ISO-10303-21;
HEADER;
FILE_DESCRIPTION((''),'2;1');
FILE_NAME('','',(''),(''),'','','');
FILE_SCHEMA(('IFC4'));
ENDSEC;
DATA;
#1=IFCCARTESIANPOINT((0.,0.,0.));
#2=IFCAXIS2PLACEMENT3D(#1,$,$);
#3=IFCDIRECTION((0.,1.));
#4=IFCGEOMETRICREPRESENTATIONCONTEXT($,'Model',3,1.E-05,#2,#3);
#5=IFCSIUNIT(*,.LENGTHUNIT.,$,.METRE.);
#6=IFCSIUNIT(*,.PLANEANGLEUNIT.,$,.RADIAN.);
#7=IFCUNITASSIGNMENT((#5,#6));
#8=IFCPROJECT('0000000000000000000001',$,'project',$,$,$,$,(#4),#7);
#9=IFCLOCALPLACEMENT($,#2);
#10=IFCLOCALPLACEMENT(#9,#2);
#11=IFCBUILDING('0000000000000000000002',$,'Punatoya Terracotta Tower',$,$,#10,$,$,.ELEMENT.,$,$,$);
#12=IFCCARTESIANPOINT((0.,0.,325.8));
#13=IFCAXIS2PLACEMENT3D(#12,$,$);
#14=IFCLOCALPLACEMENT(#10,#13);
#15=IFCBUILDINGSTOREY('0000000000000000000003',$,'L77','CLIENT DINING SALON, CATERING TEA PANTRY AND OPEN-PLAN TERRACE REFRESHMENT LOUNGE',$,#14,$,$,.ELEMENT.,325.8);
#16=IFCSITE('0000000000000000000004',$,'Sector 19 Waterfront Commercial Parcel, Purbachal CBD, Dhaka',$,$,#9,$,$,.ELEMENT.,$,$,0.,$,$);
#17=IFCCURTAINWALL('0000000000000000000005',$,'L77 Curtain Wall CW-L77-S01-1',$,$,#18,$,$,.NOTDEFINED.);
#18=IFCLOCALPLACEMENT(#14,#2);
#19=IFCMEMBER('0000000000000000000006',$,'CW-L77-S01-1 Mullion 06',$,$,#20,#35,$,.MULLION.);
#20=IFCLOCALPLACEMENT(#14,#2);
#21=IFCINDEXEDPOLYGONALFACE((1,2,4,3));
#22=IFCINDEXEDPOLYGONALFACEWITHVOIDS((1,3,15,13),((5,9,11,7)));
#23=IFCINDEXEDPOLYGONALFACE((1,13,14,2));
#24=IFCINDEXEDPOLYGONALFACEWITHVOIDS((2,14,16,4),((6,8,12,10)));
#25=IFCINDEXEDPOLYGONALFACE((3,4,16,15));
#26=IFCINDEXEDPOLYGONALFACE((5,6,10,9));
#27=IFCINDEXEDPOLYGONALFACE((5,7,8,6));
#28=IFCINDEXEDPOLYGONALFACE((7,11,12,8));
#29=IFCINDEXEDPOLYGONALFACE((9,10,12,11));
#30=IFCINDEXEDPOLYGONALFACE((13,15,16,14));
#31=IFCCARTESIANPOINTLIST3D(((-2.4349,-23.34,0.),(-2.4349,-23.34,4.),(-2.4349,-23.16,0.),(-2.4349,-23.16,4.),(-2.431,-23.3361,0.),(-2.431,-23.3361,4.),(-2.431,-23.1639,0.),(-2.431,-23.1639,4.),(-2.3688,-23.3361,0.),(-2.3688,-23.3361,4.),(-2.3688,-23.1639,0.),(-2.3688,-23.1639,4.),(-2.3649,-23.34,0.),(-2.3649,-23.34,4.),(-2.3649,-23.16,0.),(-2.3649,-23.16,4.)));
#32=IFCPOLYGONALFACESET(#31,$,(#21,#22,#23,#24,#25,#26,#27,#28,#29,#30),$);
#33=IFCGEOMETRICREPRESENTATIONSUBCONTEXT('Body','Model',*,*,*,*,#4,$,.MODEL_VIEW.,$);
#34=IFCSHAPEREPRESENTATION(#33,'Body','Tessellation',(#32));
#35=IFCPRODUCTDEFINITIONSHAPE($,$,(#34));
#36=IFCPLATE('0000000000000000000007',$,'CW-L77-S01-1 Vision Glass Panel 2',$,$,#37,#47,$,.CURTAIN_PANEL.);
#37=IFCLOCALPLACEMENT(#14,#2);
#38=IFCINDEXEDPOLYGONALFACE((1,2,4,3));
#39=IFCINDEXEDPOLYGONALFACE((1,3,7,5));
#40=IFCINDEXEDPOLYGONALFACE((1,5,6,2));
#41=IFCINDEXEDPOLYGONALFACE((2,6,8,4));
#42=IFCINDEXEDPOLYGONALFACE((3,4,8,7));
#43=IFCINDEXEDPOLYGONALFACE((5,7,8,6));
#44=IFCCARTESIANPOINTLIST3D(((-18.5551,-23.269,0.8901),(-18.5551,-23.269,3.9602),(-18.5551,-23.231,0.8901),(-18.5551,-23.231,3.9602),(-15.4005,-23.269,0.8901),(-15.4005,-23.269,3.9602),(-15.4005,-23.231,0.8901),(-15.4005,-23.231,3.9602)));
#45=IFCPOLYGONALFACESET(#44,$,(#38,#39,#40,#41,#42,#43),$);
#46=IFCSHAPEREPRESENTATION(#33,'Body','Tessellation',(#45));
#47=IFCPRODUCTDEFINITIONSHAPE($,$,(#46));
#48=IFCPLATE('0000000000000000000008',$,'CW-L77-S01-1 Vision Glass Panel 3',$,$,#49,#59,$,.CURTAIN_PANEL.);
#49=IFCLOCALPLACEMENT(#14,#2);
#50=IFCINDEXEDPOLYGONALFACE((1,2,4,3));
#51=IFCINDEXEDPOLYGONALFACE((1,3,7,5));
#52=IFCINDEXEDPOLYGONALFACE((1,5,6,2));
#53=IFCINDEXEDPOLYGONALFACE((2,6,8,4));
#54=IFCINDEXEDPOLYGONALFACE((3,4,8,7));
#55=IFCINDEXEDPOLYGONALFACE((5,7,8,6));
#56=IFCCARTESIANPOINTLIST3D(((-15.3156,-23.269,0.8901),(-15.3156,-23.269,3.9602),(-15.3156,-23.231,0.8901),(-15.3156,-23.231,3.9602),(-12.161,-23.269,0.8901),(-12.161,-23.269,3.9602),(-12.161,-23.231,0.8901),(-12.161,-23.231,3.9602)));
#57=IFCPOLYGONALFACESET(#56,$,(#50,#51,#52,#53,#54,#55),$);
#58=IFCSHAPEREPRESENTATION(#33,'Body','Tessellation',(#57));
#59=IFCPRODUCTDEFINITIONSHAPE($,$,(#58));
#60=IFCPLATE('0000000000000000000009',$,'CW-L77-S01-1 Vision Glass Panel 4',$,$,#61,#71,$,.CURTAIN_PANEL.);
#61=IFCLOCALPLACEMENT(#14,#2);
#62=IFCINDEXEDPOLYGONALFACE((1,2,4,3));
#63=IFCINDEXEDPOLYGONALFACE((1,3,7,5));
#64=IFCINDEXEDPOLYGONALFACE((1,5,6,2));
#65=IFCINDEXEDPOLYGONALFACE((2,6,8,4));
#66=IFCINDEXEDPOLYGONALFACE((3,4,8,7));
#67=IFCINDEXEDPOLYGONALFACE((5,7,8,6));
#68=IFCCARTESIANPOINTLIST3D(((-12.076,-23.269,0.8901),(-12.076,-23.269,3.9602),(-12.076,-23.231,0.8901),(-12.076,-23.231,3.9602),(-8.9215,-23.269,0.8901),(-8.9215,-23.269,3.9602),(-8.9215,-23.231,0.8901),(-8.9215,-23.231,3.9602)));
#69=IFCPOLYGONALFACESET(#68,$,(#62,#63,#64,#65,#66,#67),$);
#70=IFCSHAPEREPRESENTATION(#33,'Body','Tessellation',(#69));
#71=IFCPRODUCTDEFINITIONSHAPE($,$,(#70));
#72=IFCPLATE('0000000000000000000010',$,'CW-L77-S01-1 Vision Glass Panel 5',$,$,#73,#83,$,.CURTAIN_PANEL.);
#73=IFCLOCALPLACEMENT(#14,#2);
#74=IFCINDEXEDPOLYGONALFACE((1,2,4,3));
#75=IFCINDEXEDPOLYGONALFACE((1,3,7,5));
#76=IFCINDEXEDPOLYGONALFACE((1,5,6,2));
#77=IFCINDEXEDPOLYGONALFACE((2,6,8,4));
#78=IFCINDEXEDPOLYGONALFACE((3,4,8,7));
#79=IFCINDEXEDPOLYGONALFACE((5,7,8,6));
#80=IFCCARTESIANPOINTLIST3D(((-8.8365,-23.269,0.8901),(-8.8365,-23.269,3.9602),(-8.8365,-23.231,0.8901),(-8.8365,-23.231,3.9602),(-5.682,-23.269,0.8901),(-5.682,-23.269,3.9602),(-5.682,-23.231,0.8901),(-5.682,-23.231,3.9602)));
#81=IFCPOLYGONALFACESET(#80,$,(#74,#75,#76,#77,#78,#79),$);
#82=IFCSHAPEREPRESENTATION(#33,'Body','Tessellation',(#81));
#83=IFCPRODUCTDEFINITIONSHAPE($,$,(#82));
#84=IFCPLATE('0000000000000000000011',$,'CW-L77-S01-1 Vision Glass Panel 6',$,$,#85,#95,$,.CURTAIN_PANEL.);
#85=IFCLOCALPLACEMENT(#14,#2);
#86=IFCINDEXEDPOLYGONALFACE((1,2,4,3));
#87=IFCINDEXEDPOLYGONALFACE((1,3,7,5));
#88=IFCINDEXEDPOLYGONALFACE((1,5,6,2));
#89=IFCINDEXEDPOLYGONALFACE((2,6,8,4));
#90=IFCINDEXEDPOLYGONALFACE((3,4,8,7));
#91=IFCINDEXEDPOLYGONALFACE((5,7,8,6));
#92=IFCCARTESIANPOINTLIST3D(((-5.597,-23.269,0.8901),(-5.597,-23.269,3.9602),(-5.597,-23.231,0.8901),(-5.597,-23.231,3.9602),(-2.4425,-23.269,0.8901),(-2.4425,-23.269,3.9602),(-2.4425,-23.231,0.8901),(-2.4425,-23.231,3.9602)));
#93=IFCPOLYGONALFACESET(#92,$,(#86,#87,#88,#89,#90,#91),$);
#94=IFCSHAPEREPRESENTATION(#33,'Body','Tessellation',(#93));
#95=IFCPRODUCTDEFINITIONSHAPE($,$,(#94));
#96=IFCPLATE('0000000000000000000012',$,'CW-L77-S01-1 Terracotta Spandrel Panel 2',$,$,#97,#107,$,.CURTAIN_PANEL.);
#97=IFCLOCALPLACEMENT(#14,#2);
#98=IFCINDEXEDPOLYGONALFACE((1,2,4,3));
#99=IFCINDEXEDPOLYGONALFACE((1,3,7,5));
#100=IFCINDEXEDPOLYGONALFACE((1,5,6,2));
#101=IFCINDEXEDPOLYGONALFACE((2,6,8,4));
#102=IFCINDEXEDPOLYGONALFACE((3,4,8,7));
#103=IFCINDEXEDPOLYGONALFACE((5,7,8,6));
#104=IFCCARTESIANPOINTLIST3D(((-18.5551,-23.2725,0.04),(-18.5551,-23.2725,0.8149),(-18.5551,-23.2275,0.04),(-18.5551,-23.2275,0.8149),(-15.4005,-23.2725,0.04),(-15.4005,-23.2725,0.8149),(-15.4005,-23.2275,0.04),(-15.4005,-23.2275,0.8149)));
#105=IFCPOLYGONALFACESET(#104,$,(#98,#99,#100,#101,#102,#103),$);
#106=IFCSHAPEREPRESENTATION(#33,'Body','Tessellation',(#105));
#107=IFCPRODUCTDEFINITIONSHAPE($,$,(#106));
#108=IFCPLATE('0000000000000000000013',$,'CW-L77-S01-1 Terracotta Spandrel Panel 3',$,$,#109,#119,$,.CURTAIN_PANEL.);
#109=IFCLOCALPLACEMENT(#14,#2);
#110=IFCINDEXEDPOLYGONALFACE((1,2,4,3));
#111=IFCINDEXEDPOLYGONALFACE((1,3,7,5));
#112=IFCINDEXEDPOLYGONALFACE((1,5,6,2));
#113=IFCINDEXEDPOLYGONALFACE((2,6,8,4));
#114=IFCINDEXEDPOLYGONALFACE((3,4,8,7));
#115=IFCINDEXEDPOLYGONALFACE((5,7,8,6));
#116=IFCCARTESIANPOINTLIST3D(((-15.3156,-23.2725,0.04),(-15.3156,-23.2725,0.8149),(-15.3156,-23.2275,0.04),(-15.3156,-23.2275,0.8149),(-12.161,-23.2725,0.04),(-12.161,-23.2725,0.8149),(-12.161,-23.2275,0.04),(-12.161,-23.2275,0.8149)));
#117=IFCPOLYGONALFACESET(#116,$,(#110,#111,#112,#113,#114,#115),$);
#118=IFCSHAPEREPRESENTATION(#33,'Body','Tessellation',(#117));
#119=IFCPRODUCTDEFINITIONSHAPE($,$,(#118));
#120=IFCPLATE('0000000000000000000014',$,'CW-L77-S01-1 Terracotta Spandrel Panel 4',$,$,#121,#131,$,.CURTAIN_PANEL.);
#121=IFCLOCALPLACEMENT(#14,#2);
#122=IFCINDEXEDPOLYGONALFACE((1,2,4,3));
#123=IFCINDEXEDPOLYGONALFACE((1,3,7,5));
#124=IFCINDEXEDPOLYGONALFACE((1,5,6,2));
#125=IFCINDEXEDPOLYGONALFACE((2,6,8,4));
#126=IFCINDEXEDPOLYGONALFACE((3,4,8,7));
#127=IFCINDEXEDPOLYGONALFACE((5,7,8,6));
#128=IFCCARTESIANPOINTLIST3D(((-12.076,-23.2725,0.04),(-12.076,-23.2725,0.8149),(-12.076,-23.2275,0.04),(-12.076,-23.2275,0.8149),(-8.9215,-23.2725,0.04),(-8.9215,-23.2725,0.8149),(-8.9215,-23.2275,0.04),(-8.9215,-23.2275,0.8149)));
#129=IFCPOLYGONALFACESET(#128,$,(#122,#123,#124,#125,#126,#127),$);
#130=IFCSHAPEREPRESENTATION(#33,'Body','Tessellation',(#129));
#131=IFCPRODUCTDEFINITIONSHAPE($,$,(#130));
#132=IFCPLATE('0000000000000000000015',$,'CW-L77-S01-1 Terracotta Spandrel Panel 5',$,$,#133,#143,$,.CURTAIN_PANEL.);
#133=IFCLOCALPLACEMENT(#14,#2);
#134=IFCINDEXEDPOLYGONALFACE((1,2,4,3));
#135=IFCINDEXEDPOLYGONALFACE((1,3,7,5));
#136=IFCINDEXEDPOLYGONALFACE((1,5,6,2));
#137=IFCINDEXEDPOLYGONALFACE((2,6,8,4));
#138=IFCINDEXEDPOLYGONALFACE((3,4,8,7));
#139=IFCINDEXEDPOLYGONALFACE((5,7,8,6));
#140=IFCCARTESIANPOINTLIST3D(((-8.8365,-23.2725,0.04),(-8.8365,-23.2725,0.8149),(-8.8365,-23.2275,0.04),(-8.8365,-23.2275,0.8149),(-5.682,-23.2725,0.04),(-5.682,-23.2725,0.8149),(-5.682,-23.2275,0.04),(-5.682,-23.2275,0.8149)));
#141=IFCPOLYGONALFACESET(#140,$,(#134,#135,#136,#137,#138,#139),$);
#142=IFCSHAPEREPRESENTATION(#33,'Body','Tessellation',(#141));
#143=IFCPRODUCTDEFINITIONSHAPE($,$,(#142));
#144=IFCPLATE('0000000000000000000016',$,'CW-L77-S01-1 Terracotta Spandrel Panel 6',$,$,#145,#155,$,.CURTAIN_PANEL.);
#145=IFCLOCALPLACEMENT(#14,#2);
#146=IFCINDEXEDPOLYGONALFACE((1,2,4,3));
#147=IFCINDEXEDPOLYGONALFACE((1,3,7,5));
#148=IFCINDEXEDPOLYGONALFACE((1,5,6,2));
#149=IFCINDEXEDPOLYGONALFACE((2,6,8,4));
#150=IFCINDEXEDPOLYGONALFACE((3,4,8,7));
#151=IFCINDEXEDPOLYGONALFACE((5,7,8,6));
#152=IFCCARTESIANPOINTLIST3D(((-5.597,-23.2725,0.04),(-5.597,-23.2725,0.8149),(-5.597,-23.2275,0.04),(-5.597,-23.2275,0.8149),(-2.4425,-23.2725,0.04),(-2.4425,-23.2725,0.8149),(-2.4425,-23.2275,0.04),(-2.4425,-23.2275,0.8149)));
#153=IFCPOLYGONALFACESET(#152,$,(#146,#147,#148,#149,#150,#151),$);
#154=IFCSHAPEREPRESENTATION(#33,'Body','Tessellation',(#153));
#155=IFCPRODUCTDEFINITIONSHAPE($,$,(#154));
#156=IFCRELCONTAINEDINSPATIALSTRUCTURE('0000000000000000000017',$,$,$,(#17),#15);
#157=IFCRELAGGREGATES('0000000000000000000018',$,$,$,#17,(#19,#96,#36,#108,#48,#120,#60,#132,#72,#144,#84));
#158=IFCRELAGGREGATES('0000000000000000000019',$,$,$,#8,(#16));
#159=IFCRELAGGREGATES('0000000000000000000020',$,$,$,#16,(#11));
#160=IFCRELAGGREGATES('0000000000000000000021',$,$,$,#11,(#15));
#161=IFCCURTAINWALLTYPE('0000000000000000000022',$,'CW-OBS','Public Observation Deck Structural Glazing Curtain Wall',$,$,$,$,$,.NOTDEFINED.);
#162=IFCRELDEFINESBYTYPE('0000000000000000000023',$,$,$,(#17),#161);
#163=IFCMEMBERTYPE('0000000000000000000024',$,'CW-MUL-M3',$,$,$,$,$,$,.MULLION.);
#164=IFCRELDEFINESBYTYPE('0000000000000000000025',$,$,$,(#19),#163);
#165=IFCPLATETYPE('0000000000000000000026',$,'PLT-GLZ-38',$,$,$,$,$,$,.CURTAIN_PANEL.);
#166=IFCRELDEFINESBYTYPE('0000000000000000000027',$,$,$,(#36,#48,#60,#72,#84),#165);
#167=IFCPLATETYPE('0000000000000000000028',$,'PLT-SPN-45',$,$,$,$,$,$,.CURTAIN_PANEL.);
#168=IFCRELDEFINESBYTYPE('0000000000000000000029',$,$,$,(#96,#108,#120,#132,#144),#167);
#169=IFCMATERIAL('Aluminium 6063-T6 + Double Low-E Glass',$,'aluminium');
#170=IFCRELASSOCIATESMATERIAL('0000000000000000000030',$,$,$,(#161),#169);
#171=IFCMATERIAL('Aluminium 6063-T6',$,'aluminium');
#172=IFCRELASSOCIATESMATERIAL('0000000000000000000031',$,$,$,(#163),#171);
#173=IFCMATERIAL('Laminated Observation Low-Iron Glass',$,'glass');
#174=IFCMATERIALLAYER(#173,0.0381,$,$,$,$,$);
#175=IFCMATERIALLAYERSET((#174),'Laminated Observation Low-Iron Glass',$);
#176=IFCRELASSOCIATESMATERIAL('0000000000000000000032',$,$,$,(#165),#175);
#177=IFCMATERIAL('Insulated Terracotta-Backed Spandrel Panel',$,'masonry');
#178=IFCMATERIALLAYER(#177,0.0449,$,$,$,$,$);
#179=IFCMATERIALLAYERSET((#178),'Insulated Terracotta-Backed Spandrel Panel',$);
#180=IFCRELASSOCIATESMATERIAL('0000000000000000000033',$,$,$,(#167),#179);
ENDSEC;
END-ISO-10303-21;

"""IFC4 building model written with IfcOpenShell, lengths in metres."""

from ifc_helpers import new_model, si_unit, direction, frame, origin, origin_2d, place, context, subcontext, project, spatial, rectangle, hollow_rectangle, extrude, material, layer, layer_set, material_profile, profile_set, type_object, element, aggregate, save


model = new_model("IFC4")

# Units and contexts
model_context = context("Model", 3, precision=1e-05, world=origin(), true_north=direction((0.0, 1.0)))
body_context = subcontext(model_context, "Body", "Model", "MODEL_VIEW")
ifc_project = project(units=[si_unit("LENGTHUNIT", "METRE"), si_unit("PLANEANGLEUNIT", "RADIAN")], contexts=[model_context])

# Site, building, storey
site_placement = place(None, origin())
site = spatial("IfcSite", under=ifc_project, at=site_placement, Name="Sector 19 Waterfront Commercial Parcel, Purbachal CBD, Dhaka", CompositionType="ELEMENT", RefElevation=0.0)
building_placement = place(site_placement, origin())
building = spatial("IfcBuilding", under=site, at=building_placement, Name="Punatoya Terracotta Tower", CompositionType="ELEMENT")
storey_placement = place(building_placement, frame((0.0, 0.0, 325.8)))
storey = spatial("IfcBuildingStorey", under=building, at=storey_placement, Name="L77", Description="CLIENT DINING SALON, CATERING TEA PANTRY AND OPEN-PLAN TERRACE REFRESHMENT LOUNGE", CompositionType="ELEMENT", Elevation=325.8)

# Curtain wall, member, plates
ifc_material_1 = material(Name="Aluminium 6063-T6 + Double Low-E Glass", Category="aluminium")
curtain_wall_type = type_object("IfcCurtainWallType", Name="CW-OBS", Description="Public Observation Deck Structural Glazing Curtain Wall", PredefinedType="NOTDEFINED", material=ifc_material_1)
curtain_wall_placement = place(storey_placement, origin())
curtain_wall = element("IfcCurtainWall", 1, at=curtain_wall_placement, inside=storey, type_object=curtain_wall_type, Name="L77 Curtain Wall CW-L77-S01-1", PredefinedType="NOTDEFINED")
ifc_material_2 = material(Name="Aluminium 6063-T6", Category="aluminium")
ifc_material_profile_1 = material_profile(ifc_material_2, hollow_rectangle(XDim=0.0701, YDim=0.1799, WallThickness=0.0039, at=origin_2d()))
ifc_profile_set_1 = profile_set([ifc_material_profile_1], Name="Aluminium 6063-T6")
member_type = type_object("IfcMemberType", Name="CW-MUL-M3", PredefinedType="MULLION", material=ifc_profile_set_1)
member_1_placement = place(storey_placement, frame((-2.3999, -23.25, 0.0), z_axis=(0.0, 0.0, 1.0), x_axis=(1.0, 0.0, 0.0)))
member_1 = element("IfcMember", 2, at=member_1_placement, type_object=member_type, Name="CW-L77-S01-1 Mullion 06", PredefinedType="MULLION", context=body_context, shape_type="SweptSolid", body=[
    extrude(hollow_rectangle(XDim=0.0701, YDim=0.1799, WallThickness=0.0039, at=origin_2d()), origin(), (0.0, 0.0, 1.0), 4.0),
])
ifc_material_3 = material(Name="Laminated Observation Low-Iron Glass", Category="glass")
ifc_layer_1 = layer(ifc_material_3, 0.0381)
ifc_layer_set_1 = layer_set([ifc_layer_1], Name="Laminated Observation Low-Iron Glass")
plate_type_1 = type_object("IfcPlateType", Name="PLT-GLZ-38", PredefinedType="CURTAIN_PANEL", material=ifc_layer_set_1)
plate_1_placement = place(storey_placement, frame((-16.9778, -23.25, 0.8901), z_axis=(0.0, 0.0, 1.0), x_axis=(1.0, 0.0, 0.0)))
plate_1 = element("IfcPlate", 3, at=plate_1_placement, type_object=plate_type_1, Name="CW-L77-S01-1 Vision Glass Panel 2", PredefinedType="CURTAIN_PANEL", context=body_context, shape_type="SweptSolid", body=[
    extrude(rectangle(XDim=3.1545, YDim=0.0381, at=origin_2d()), origin(), (0.0, 0.0, 1.0), 3.0701),
])
plate_2_placement = place(storey_placement, frame((-13.7383, -23.25, 0.8901), z_axis=(0.0, 0.0, 1.0), x_axis=(1.0, 0.0, 0.0)))
plate_2 = element("IfcPlate", 4, at=plate_2_placement, type_object=plate_type_1, Name="CW-L77-S01-1 Vision Glass Panel 3", PredefinedType="CURTAIN_PANEL", context=body_context, shape_type="SweptSolid", body=[
    extrude(rectangle(XDim=3.1545, YDim=0.0381, at=origin_2d()), origin(), (0.0, 0.0, 1.0), 3.0701),
])
plate_3_placement = place(storey_placement, frame((-10.4988, -23.25, 0.8901), z_axis=(0.0, 0.0, 1.0), x_axis=(1.0, 0.0, 0.0)))
plate_3 = element("IfcPlate", 5, at=plate_3_placement, type_object=plate_type_1, Name="CW-L77-S01-1 Vision Glass Panel 4", PredefinedType="CURTAIN_PANEL", context=body_context, shape_type="SweptSolid", body=[
    extrude(rectangle(XDim=3.1545, YDim=0.0381, at=origin_2d()), origin(), (0.0, 0.0, 1.0), 3.0701),
])
plate_4_placement = place(storey_placement, frame((-7.2593, -23.25, 0.8901), z_axis=(0.0, 0.0, 1.0), x_axis=(1.0, 0.0, 0.0)))
plate_4 = element("IfcPlate", 6, at=plate_4_placement, type_object=plate_type_1, Name="CW-L77-S01-1 Vision Glass Panel 5", PredefinedType="CURTAIN_PANEL", context=body_context, shape_type="SweptSolid", body=[
    extrude(rectangle(XDim=3.1545, YDim=0.0381, at=origin_2d()), origin(), (0.0, 0.0, 1.0), 3.0701),
])
plate_5_placement = place(storey_placement, frame((-4.0198, -23.25, 0.8901), z_axis=(0.0, 0.0, 1.0), x_axis=(1.0, 0.0, 0.0)))
plate_5 = element("IfcPlate", 7, at=plate_5_placement, type_object=plate_type_1, Name="CW-L77-S01-1 Vision Glass Panel 6", PredefinedType="CURTAIN_PANEL", context=body_context, shape_type="SweptSolid", body=[
    extrude(rectangle(XDim=3.1545, YDim=0.0381, at=origin_2d()), origin(), (0.0, 0.0, 1.0), 3.0701),
])
ifc_material_4 = material(Name="Insulated Terracotta-Backed Spandrel Panel", Category="masonry")
ifc_layer_2 = layer(ifc_material_4, 0.0449)
ifc_layer_set_2 = layer_set([ifc_layer_2], Name="Insulated Terracotta-Backed Spandrel Panel")
plate_type_2 = type_object("IfcPlateType", Name="PLT-SPN-45", PredefinedType="CURTAIN_PANEL", material=ifc_layer_set_2)
plate_6_placement = place(storey_placement, frame((-16.9778, -23.25, 0.04), z_axis=(0.0, 0.0, 1.0), x_axis=(1.0, 0.0, 0.0)))
plate_6 = element("IfcPlate", 8, at=plate_6_placement, type_object=plate_type_2, Name="CW-L77-S01-1 Terracotta Spandrel Panel 2", PredefinedType="CURTAIN_PANEL", context=body_context, shape_type="SweptSolid", body=[
    extrude(rectangle(XDim=3.1545, YDim=0.0449, at=origin_2d()), origin(), (0.0, 0.0, 1.0), 0.7749),
])
plate_7_placement = place(storey_placement, frame((-13.7383, -23.25, 0.04), z_axis=(0.0, 0.0, 1.0), x_axis=(1.0, 0.0, 0.0)))
plate_7 = element("IfcPlate", 9, at=plate_7_placement, type_object=plate_type_2, Name="CW-L77-S01-1 Terracotta Spandrel Panel 3", PredefinedType="CURTAIN_PANEL", context=body_context, shape_type="SweptSolid", body=[
    extrude(rectangle(XDim=3.1545, YDim=0.0449, at=origin_2d()), origin(), (0.0, 0.0, 1.0), 0.7749),
])
plate_8_placement = place(storey_placement, frame((-10.4988, -23.25, 0.04), z_axis=(0.0, 0.0, 1.0), x_axis=(1.0, 0.0, 0.0)))
plate_8 = element("IfcPlate", 10, at=plate_8_placement, type_object=plate_type_2, Name="CW-L77-S01-1 Terracotta Spandrel Panel 4", PredefinedType="CURTAIN_PANEL", context=body_context, shape_type="SweptSolid", body=[
    extrude(rectangle(XDim=3.1545, YDim=0.0449, at=origin_2d()), origin(), (0.0, 0.0, 1.0), 0.7749),
])
plate_9_placement = place(storey_placement, frame((-7.2593, -23.25, 0.04), z_axis=(0.0, 0.0, 1.0), x_axis=(1.0, 0.0, 0.0)))
plate_9 = element("IfcPlate", 11, at=plate_9_placement, type_object=plate_type_2, Name="CW-L77-S01-1 Terracotta Spandrel Panel 5", PredefinedType="CURTAIN_PANEL", context=body_context, shape_type="SweptSolid", body=[
    extrude(rectangle(XDim=3.1545, YDim=0.0449, at=origin_2d()), origin(), (0.0, 0.0, 1.0), 0.7749),
])
plate_10_placement = place(storey_placement, frame((-4.0198, -23.25, 0.04), z_axis=(0.0, 0.0, 1.0), x_axis=(1.0, 0.0, 0.0)))
plate_10 = element("IfcPlate", 12, at=plate_10_placement, type_object=plate_type_2, Name="CW-L77-S01-1 Terracotta Spandrel Panel 6", PredefinedType="CURTAIN_PANEL", context=body_context, shape_type="SweptSolid", body=[
    extrude(rectangle(XDim=3.1545, YDim=0.0449, at=origin_2d()), origin(), (0.0, 0.0, 1.0), 0.7749),
])
aggregate(curtain_wall, [member_1, plate_6, plate_1, plate_7, plate_2, plate_8, plate_3, plate_9, plate_4, plate_10, plate_5])

save(model, "model.ifc")
